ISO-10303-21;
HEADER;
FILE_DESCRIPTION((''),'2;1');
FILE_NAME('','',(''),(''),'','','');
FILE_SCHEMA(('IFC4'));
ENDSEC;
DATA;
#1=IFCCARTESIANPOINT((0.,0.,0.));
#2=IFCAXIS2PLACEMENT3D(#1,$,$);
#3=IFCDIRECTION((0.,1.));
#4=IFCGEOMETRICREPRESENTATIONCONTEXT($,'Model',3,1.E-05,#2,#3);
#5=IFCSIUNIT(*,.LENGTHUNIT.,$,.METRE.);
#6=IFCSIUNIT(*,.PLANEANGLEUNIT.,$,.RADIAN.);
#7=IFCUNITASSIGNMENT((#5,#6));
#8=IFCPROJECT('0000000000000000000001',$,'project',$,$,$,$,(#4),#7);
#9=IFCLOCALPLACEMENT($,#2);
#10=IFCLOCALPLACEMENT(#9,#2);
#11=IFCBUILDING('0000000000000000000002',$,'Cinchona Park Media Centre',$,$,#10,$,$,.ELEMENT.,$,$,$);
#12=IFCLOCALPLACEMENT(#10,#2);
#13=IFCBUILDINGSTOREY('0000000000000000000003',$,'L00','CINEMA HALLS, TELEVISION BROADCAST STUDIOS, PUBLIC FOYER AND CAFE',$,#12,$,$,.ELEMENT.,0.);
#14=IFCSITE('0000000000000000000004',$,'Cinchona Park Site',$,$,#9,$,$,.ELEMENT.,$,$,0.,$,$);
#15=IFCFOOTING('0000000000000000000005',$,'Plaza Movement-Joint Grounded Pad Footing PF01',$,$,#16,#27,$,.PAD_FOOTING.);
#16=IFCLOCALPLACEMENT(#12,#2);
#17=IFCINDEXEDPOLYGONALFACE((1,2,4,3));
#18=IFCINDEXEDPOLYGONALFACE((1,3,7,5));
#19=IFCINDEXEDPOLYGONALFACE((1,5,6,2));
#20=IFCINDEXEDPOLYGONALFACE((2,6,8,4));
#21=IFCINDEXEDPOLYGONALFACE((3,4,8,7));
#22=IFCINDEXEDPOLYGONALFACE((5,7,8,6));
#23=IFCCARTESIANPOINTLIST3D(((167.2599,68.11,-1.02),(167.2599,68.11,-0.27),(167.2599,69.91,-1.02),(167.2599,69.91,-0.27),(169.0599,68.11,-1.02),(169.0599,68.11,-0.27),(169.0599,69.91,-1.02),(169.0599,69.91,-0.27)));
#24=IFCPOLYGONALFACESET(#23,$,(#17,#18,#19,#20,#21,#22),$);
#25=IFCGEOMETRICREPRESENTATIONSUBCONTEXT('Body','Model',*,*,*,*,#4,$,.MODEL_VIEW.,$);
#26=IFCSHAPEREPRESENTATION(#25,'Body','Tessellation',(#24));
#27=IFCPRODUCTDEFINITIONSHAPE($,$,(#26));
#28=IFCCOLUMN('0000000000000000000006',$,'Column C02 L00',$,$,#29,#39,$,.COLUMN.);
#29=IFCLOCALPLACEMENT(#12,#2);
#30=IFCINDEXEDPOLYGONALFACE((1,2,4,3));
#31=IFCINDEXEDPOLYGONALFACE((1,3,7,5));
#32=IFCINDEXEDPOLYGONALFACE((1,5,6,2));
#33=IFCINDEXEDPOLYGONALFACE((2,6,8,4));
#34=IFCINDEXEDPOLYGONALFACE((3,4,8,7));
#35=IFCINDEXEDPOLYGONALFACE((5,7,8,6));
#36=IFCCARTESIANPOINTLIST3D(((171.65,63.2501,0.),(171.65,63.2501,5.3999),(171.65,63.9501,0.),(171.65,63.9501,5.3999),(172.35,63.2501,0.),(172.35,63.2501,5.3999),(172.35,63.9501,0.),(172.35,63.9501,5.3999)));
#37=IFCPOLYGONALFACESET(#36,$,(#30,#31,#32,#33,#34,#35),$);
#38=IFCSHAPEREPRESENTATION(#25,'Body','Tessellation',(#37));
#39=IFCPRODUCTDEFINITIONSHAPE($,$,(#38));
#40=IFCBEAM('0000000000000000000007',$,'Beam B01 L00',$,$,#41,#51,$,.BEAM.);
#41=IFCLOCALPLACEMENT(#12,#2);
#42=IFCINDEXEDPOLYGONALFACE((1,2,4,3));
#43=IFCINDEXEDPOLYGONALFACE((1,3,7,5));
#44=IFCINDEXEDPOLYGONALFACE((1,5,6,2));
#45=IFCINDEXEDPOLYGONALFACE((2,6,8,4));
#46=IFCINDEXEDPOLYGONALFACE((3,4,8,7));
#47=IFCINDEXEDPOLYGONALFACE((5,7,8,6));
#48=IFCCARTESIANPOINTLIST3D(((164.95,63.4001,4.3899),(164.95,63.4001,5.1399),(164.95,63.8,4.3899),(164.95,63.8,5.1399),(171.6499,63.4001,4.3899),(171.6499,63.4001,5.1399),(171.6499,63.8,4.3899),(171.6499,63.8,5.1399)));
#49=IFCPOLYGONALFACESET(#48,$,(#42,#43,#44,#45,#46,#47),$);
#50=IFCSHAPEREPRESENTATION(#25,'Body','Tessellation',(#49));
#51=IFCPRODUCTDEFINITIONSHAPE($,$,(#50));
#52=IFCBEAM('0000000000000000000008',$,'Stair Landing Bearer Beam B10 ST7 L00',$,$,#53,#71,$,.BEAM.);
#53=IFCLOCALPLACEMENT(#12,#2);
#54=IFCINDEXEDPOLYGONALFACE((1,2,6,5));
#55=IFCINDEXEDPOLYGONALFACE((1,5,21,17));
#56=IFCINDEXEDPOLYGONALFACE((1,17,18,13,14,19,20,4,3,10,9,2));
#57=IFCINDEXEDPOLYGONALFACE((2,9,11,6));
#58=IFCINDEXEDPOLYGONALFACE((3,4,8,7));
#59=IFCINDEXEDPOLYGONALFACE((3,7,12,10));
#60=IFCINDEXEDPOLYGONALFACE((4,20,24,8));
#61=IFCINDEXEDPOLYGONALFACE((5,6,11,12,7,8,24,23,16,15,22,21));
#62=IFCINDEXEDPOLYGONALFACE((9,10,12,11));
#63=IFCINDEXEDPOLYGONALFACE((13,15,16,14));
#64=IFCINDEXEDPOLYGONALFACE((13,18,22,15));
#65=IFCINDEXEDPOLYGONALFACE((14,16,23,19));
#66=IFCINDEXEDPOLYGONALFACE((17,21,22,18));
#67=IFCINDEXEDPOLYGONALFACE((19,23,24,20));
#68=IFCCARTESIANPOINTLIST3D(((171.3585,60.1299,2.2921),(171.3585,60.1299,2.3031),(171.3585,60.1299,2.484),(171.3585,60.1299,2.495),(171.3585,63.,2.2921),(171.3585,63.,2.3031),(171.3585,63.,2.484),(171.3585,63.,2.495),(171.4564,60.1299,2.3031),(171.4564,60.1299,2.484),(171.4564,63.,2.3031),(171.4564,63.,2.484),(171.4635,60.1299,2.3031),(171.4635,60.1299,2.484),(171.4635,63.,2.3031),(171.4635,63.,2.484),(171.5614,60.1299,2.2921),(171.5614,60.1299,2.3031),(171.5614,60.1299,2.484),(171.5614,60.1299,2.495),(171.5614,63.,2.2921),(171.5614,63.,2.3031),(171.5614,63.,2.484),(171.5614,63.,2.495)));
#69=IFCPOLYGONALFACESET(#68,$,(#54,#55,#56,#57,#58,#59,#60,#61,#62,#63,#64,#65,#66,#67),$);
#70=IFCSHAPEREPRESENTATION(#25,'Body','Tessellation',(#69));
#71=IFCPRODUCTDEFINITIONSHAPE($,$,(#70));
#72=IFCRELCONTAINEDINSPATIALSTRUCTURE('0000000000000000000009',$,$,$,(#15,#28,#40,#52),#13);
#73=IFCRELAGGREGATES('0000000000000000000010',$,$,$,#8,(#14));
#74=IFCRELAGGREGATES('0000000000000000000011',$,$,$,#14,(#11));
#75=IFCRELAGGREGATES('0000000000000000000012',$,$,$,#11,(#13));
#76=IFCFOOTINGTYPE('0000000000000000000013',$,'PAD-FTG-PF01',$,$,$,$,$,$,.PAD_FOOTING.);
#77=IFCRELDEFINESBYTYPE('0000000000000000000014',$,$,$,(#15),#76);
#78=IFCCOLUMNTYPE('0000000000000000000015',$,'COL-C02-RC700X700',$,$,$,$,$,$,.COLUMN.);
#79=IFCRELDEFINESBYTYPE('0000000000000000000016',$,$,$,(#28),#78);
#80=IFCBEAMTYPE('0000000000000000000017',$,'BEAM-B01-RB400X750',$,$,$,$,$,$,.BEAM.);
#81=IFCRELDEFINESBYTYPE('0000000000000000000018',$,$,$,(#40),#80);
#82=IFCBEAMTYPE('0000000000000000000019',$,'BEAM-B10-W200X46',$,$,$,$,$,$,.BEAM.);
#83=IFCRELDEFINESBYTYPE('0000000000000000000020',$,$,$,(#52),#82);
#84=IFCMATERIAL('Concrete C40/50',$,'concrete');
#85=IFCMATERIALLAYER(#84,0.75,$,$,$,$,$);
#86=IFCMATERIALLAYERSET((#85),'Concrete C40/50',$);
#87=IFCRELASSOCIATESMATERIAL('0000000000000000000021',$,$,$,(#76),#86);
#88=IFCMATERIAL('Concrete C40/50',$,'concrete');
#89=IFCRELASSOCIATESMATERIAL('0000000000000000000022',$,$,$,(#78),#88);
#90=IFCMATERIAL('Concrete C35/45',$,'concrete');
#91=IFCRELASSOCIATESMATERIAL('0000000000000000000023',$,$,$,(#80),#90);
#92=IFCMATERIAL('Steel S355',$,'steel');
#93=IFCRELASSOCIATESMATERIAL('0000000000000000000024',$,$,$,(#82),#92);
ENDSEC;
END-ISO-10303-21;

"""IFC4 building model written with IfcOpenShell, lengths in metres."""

from ifc_helpers import new_model, si_unit, direction, frame, origin, origin_2d, place, context, subcontext, project, spatial, rectangle, i_section, extrude, material, layer, layer_set, material_profile, profile_set, type_object, element, save


model = new_model("IFC4")

# Units and contexts
model_context = context("Model", 3, precision=1e-05, world=origin(), true_north=direction((0.0, 1.0)))
body_context = subcontext(model_context, "Body", "Model", "MODEL_VIEW")
ifc_project = project(units=[si_unit("LENGTHUNIT", "METRE"), si_unit("PLANEANGLEUNIT", "RADIAN")], contexts=[model_context])

# Site, building, storey
site_placement = place(None, origin())
site = spatial("IfcSite", under=ifc_project, at=site_placement, Name="Cinchona Park Site", CompositionType="ELEMENT", RefElevation=0.0)
building_placement = place(site_placement, origin())
building = spatial("IfcBuilding", under=site, at=building_placement, Name="Cinchona Park Media Centre", CompositionType="ELEMENT")
storey_placement = place(building_placement, origin())
storey = spatial("IfcBuildingStorey", under=building, at=storey_placement, Name="L00", Description="CINEMA HALLS, TELEVISION BROADCAST STUDIOS, PUBLIC FOYER AND CAFE", CompositionType="ELEMENT", Elevation=0.0)

# Footing
ifc_material_1 = material(Name="Concrete C40/50", Category="concrete")
ifc_layer_1 = layer(ifc_material_1, 0.75)
ifc_layer_set_1 = layer_set([ifc_layer_1], Name="Concrete C40/50")
footing_type = type_object("IfcFootingType", Name="PAD-FTG-PF01", PredefinedType="PAD_FOOTING", material=ifc_layer_set_1)
footing_placement = place(storey_placement, frame((168.1599, 69.01, -1.02), z_axis=(0.0, 0.0, 1.0), x_axis=(1.0, 0.0, 0.0)))
element("IfcFooting", 1, at=footing_placement, inside=storey, type_object=footing_type, Name="Plaza Movement-Joint Grounded Pad Footing PF01", PredefinedType="PAD_FOOTING", context=body_context, shape_type="SweptSolid", body=[
    extrude(rectangle(XDim=1.8, YDim=1.8, at=origin_2d()), origin(), (0.0, 0.0, 1.0), 0.75),
])

# Column
ifc_material_2 = material(Name="Concrete C40/50", Category="concrete")
ifc_material_profile_1 = material_profile(ifc_material_2, rectangle(XDim=0.7, YDim=0.7, at=origin_2d()), Name="RC 700X700")
ifc_profile_set_1 = profile_set([ifc_material_profile_1], Name="Concrete C40/50")
column_type = type_object("IfcColumnType", Name="COL-C02-RC700X700", PredefinedType="COLUMN", material=ifc_profile_set_1)
column_placement = place(storey_placement, frame((172.0, 63.6001, 0.0), z_axis=(0.0, 0.0, 1.0), x_axis=(1.0, 0.0, 0.0)))
element("IfcColumn", 2, at=column_placement, inside=storey, type_object=column_type, Name="Column C02 L00", PredefinedType="COLUMN", context=body_context, shape_type="SweptSolid", body=[
    extrude(rectangle(XDim=0.7, YDim=0.7, at=origin_2d()), origin(), (0.0, 0.0, 1.0), 5.3999),
])

# Beams
ifc_material_3 = material(Name="Concrete C35/45", Category="concrete")
ifc_material_profile_2 = material_profile(ifc_material_3, rectangle(XDim=0.3999, YDim=0.75, at=origin_2d()), Name="RB 400X750")
ifc_profile_set_2 = profile_set([ifc_material_profile_2], Name="Concrete C35/45")
beam_type_1 = type_object("IfcBeamType", Name="BEAM-B01-RB400X750", PredefinedType="BEAM", material=ifc_profile_set_2)
beam_1_placement = place(storey_placement, frame((164.95, 63.6001, 4.7649), z_axis=(1.0, 0.0, 0.0), x_axis=(0.0, 1.0, 0.0)))
element("IfcBeam", 3, at=beam_1_placement, inside=storey, type_object=beam_type_1, Name="Beam B01 L00", PredefinedType="BEAM", context=body_context, shape_type="SweptSolid", body=[
    extrude(rectangle(XDim=0.3999, YDim=0.75, at=origin_2d()), origin(), (0.0, 0.0, 1.0), 6.7),
])
ifc_material_4 = material(Name="Steel S355", Category="steel")
ifc_material_profile_3 = material_profile(ifc_material_4, i_section(OverallWidth=0.2029, OverallDepth=0.2029, WebThickness=0.0071, FlangeThickness=0.011, at=origin_2d()), Name="W200X46")
ifc_profile_set_3 = profile_set([ifc_material_profile_3], Name="Steel S355")
beam_type_2 = type_object("IfcBeamType", Name="BEAM-B10-W200X46", PredefinedType="BEAM", material=ifc_profile_set_3)
beam_2_placement = place(storey_placement, frame((171.46, 60.1299, 2.3936), z_axis=(0.0, 1.0, 0.0), x_axis=(-1.0, 0.0, 0.0)))
element("IfcBeam", 4, at=beam_2_placement, inside=storey, type_object=beam_type_2, Name="Stair Landing Bearer Beam B10 ST7 L00", PredefinedType="BEAM", context=body_context, shape_type="SweptSolid", body=[
    extrude(i_section(OverallWidth=0.2029, OverallDepth=0.2029, WebThickness=0.0071, FlangeThickness=0.011, at=origin_2d()), origin(), (0.0, 0.0, 1.0), 2.8701),
])

save(model, "model.ifc")
